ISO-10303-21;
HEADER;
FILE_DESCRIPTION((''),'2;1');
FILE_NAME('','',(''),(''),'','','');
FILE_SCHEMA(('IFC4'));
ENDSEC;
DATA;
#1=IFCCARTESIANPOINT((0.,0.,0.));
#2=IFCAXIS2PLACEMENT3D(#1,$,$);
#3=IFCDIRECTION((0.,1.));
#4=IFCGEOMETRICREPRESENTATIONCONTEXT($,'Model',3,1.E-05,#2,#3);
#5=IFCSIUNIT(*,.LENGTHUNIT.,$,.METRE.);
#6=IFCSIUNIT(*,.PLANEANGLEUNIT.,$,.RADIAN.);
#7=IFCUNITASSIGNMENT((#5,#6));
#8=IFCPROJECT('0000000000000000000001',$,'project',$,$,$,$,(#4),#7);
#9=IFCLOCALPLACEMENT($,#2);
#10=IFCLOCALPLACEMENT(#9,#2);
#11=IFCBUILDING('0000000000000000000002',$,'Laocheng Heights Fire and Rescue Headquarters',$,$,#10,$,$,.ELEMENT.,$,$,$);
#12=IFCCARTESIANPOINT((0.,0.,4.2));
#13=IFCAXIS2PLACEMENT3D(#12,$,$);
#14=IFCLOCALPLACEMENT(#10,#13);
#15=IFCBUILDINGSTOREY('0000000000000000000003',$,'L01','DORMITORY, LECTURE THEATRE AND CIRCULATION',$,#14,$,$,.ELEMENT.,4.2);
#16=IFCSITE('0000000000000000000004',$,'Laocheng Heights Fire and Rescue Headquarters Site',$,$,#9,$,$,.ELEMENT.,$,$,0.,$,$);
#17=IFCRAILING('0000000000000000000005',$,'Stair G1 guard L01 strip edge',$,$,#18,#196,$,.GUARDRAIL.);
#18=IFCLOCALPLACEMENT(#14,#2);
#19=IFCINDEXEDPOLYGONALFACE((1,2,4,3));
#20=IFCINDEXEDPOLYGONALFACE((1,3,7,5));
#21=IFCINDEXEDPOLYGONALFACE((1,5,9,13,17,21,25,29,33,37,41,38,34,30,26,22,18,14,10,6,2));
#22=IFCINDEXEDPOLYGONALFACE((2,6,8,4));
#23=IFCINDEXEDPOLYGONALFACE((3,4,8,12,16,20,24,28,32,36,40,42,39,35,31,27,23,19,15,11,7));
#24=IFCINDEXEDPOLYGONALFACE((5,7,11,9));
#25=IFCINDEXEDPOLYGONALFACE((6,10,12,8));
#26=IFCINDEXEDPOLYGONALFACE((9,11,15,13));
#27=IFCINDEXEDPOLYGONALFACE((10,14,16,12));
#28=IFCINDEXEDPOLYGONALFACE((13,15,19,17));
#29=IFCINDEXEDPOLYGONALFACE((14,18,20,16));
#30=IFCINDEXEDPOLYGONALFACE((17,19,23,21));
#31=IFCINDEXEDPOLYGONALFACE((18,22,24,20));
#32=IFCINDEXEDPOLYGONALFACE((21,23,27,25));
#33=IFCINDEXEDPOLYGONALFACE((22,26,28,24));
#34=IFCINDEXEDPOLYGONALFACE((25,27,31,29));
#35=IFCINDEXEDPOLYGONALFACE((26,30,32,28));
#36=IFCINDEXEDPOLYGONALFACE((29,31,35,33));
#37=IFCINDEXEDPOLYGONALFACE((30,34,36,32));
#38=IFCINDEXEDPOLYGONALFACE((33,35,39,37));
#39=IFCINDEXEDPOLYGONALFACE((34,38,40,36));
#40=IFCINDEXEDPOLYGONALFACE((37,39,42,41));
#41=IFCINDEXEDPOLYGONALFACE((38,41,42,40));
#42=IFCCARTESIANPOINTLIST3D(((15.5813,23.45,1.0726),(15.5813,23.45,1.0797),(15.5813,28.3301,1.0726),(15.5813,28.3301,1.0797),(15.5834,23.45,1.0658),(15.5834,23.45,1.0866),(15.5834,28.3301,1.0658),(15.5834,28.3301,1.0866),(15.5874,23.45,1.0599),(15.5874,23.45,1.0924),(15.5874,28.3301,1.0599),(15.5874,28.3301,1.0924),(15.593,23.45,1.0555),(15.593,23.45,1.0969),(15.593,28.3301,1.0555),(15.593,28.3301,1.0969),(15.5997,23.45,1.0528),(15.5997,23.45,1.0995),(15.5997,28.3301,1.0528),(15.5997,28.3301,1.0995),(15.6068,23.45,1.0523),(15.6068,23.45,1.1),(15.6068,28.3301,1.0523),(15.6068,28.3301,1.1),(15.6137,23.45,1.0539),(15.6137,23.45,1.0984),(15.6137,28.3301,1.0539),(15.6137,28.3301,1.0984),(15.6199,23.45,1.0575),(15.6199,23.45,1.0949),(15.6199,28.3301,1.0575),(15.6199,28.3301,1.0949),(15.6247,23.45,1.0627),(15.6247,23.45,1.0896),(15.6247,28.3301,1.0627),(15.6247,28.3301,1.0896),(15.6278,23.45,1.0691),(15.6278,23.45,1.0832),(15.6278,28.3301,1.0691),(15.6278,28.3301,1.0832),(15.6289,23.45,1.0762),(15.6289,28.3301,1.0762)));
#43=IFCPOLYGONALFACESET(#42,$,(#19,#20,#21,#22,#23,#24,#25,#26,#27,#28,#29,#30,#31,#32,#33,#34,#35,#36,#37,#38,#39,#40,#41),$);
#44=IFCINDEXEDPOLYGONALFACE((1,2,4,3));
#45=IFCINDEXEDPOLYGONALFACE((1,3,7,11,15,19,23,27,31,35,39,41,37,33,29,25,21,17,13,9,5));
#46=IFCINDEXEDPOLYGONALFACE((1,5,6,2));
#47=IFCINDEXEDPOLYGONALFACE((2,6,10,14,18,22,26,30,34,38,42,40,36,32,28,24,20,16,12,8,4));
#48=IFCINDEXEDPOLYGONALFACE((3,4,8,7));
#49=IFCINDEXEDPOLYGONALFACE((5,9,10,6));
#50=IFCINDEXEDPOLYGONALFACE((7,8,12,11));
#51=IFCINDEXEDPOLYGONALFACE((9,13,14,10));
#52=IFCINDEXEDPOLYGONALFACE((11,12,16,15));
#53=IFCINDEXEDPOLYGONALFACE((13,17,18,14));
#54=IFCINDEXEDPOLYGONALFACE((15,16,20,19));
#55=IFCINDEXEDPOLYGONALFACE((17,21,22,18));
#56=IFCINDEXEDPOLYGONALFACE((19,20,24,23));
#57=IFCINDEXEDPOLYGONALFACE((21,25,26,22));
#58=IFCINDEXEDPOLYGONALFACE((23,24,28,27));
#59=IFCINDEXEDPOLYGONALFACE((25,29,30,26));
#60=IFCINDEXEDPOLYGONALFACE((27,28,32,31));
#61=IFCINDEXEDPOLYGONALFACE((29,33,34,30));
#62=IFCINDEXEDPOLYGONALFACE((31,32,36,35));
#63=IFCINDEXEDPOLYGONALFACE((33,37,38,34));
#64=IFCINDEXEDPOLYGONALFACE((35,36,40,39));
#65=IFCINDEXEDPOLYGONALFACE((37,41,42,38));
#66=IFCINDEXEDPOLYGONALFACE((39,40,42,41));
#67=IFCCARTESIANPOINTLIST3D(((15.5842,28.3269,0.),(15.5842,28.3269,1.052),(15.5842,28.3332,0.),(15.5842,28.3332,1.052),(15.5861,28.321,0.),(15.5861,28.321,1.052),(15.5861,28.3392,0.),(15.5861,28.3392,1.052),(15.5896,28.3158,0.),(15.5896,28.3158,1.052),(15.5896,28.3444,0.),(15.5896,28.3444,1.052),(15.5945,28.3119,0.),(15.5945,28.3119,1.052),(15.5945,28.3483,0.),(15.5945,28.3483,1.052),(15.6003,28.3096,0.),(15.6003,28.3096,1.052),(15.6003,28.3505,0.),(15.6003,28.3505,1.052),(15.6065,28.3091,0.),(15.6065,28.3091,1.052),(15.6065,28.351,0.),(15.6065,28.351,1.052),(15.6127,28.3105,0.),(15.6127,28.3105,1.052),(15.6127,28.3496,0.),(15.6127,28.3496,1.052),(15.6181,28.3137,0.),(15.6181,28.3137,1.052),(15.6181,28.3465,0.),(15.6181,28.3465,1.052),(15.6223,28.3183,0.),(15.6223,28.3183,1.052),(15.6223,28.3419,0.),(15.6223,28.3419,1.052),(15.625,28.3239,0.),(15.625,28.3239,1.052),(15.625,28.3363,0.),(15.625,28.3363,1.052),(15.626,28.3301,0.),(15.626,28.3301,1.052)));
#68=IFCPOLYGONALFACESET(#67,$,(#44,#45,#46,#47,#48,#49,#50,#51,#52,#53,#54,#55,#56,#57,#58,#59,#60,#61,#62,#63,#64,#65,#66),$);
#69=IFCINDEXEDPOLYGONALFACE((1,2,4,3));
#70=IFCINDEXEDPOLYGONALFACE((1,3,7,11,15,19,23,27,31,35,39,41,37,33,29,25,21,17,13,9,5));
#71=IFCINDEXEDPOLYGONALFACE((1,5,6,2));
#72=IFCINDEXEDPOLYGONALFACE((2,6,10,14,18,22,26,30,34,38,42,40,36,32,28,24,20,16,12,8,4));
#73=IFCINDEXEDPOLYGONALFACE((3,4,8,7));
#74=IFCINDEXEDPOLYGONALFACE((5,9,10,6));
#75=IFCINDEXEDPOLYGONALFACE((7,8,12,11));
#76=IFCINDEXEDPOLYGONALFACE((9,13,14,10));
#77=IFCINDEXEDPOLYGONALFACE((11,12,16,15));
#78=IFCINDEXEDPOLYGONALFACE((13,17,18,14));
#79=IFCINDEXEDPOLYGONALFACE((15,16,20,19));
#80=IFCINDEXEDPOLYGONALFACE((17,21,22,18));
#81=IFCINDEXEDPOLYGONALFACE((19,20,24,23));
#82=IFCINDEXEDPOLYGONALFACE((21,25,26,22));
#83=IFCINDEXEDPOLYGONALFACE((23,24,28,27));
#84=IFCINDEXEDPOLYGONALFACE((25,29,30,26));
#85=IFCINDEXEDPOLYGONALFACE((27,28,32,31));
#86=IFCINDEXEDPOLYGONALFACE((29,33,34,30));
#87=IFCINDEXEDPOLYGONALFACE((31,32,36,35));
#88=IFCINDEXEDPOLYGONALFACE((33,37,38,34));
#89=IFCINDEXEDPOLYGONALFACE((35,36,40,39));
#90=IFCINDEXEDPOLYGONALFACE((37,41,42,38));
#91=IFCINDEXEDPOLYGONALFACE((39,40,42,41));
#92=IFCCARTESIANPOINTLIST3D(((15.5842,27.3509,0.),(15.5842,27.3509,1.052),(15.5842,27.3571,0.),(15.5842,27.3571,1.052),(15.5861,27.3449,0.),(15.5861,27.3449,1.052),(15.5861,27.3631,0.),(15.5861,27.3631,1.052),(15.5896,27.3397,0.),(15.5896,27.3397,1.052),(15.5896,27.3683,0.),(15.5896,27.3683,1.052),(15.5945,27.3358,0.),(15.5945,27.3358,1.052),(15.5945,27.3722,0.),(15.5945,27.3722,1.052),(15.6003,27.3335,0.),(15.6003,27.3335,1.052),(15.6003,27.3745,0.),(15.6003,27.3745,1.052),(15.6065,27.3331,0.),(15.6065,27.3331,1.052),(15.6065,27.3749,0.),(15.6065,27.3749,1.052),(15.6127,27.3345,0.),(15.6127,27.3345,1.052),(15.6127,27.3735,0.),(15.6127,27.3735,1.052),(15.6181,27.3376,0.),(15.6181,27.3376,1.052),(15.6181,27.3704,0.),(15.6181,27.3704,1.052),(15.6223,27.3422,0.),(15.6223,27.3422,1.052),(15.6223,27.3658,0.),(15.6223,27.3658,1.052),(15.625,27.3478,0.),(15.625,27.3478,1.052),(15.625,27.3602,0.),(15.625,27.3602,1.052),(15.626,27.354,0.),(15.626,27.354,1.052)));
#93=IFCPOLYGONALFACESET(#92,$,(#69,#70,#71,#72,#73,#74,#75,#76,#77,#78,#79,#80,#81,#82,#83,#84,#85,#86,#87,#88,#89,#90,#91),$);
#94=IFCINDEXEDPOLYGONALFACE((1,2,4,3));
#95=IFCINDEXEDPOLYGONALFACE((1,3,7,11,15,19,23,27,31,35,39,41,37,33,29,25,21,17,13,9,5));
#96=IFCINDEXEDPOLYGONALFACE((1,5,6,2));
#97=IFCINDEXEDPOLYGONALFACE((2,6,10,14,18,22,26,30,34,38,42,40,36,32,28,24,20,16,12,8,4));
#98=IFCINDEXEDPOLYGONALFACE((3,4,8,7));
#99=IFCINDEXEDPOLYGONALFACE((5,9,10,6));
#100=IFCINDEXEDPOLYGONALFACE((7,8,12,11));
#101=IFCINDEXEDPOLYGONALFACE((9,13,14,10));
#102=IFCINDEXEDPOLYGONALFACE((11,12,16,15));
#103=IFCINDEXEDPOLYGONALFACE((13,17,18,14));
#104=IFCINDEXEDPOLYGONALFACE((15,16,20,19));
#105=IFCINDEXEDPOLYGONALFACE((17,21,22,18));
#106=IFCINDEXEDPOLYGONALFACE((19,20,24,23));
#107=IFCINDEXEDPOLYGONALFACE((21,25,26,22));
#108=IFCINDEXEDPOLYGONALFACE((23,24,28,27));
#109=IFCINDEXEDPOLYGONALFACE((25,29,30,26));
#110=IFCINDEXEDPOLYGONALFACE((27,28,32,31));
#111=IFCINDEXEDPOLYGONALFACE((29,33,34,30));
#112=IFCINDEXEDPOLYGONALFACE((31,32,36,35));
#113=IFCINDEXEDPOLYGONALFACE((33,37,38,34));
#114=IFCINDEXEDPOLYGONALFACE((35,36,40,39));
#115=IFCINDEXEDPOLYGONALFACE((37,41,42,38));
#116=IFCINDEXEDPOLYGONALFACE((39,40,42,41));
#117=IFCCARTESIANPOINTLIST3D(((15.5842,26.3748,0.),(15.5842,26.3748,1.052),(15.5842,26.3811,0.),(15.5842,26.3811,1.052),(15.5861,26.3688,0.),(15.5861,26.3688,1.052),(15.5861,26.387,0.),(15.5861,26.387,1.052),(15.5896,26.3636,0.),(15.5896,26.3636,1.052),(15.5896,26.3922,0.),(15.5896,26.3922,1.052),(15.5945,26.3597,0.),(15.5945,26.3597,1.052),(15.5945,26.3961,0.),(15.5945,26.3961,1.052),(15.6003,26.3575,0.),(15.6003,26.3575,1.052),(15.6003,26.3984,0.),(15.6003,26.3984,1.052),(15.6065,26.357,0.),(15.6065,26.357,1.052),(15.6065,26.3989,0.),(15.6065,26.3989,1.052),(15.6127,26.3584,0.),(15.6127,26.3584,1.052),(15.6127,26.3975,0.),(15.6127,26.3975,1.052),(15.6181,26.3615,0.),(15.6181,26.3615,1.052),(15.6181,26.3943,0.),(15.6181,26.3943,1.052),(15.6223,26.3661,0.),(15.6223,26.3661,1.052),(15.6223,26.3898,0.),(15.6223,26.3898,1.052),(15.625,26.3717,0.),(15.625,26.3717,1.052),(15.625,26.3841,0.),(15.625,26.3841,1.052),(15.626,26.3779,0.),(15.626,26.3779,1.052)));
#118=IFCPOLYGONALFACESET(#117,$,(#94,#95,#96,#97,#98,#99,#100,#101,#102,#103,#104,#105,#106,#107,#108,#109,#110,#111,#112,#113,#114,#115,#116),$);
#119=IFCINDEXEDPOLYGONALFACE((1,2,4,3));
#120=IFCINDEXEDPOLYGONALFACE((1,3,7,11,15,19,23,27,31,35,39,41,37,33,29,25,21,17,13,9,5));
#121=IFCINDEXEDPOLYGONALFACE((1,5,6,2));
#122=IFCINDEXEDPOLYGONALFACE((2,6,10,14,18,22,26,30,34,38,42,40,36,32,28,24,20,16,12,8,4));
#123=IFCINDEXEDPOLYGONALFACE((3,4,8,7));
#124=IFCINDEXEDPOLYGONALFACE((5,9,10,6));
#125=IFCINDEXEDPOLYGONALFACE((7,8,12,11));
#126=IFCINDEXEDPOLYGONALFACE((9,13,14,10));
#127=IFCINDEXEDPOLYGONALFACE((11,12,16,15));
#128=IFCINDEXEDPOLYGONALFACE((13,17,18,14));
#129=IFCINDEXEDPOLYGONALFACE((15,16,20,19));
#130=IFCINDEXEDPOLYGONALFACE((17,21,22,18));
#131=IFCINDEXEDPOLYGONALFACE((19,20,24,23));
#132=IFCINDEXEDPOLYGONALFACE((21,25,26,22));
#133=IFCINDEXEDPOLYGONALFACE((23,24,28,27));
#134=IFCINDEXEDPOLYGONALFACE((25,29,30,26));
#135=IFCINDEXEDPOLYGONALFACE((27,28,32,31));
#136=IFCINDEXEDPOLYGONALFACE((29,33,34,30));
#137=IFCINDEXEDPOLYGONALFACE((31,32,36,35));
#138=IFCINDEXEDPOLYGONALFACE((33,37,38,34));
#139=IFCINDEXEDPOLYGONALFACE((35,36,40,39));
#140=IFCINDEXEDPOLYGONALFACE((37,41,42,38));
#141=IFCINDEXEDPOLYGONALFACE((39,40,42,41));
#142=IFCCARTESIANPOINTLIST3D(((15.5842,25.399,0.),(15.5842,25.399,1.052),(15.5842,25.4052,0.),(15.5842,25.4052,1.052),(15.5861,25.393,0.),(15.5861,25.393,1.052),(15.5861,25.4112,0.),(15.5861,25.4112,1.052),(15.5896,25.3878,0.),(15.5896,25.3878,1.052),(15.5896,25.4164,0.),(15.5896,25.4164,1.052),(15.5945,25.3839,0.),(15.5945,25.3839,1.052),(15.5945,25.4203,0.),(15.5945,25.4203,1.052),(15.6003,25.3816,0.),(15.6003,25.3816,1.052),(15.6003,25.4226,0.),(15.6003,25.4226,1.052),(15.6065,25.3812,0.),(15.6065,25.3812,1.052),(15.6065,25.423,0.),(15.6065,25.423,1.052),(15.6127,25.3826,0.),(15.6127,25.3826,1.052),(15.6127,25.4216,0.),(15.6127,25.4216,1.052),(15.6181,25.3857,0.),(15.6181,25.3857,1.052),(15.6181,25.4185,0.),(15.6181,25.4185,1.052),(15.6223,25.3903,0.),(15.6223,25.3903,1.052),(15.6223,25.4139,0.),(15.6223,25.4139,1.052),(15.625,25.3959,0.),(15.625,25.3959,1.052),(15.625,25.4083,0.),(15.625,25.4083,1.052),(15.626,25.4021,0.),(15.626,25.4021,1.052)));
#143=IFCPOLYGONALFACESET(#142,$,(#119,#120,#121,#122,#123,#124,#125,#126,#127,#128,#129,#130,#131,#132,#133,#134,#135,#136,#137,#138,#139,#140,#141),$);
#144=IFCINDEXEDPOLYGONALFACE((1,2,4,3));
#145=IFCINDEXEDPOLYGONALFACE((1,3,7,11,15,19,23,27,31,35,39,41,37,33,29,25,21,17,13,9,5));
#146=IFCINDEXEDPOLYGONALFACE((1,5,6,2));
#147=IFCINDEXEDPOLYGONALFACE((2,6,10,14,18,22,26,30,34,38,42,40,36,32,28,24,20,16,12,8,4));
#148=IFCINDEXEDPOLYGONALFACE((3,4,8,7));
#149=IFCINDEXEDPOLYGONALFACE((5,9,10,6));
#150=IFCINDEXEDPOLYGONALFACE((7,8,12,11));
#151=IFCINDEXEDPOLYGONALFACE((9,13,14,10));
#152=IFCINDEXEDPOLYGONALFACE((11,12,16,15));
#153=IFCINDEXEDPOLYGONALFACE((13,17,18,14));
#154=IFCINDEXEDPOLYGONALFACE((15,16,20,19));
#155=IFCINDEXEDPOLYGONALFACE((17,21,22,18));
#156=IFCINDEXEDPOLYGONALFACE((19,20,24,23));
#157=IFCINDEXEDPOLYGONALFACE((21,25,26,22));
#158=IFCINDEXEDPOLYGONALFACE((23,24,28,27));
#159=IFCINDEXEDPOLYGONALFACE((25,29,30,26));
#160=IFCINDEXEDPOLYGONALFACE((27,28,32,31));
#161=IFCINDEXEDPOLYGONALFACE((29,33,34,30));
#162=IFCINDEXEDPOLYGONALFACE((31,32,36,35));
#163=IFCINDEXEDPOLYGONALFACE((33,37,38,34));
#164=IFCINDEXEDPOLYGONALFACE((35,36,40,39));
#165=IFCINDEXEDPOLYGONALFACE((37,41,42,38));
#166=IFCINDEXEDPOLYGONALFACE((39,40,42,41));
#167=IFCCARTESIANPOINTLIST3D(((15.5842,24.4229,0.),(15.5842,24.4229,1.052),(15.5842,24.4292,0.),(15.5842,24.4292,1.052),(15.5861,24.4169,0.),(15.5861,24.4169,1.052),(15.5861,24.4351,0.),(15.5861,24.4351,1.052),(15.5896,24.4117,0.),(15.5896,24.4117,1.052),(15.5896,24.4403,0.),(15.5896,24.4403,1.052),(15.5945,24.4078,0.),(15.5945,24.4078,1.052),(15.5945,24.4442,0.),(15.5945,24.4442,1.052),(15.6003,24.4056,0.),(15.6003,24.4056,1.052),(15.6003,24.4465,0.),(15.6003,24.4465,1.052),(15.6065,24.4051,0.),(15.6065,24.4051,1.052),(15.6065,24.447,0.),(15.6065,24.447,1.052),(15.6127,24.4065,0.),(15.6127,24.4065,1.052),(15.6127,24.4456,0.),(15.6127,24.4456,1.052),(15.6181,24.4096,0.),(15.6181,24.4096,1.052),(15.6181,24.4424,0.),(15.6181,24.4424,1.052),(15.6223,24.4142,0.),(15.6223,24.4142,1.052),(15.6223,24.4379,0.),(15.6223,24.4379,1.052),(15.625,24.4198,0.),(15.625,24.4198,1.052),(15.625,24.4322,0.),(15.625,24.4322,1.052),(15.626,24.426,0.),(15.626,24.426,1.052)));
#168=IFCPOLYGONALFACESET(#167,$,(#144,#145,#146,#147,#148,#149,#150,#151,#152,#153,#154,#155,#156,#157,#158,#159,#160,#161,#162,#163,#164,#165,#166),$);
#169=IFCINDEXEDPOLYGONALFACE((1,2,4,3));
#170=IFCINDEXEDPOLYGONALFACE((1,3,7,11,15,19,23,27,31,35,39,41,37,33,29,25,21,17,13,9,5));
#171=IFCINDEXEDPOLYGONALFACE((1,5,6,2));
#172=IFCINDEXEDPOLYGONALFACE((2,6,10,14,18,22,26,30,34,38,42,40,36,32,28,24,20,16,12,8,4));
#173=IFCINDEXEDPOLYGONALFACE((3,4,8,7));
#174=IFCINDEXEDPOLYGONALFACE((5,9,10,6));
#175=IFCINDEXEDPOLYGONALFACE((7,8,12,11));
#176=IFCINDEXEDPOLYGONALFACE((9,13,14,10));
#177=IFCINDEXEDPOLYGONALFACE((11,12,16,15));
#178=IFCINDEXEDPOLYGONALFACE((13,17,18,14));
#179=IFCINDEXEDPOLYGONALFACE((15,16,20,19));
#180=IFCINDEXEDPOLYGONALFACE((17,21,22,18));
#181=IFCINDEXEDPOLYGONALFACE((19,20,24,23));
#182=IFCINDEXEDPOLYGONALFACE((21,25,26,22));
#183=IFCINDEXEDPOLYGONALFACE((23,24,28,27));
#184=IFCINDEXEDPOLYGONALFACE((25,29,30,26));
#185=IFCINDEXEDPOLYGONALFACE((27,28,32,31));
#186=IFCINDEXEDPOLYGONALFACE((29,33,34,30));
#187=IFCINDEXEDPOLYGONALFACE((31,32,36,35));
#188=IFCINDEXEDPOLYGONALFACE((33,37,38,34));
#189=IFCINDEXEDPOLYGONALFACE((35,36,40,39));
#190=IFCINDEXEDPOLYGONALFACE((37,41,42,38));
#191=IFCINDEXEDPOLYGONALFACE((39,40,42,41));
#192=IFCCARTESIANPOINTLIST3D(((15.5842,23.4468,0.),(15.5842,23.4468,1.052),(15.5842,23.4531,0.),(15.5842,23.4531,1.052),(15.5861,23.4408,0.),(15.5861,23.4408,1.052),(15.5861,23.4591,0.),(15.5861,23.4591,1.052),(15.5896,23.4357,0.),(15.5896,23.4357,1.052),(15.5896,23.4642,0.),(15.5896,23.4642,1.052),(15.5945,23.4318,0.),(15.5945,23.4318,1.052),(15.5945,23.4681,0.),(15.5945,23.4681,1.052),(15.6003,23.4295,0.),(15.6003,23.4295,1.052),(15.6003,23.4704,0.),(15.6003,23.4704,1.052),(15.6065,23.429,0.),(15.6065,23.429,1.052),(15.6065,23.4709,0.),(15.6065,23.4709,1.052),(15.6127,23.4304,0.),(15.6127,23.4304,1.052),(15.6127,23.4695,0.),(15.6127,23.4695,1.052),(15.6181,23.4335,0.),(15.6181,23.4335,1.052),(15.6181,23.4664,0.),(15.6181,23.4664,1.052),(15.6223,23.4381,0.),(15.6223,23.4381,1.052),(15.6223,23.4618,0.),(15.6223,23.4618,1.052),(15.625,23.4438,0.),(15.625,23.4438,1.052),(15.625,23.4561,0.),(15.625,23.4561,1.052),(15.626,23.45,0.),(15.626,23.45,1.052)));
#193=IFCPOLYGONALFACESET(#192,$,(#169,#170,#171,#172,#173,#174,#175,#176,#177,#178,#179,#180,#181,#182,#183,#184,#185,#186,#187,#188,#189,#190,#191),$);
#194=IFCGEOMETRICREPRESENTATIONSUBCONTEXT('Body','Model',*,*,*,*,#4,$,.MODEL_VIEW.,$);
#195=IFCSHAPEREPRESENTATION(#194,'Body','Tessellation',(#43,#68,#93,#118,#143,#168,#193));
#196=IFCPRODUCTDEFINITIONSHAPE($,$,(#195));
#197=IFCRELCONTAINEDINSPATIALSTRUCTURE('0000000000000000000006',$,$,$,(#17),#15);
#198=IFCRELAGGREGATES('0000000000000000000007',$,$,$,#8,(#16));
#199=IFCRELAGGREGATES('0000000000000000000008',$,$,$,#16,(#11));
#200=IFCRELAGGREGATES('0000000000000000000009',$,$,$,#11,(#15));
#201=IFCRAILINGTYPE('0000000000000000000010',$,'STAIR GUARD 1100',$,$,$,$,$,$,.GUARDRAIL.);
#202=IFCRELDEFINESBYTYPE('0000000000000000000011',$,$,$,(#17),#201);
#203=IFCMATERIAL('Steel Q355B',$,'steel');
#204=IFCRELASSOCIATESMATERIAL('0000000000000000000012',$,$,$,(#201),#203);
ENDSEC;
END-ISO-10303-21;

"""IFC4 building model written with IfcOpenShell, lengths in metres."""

from ifc_helpers import new_model, si_unit, direction, frame, origin, origin_2d, place, context, subcontext, project, spatial, circle, extrude, material, type_object, element, save


model = new_model("IFC4")

# Units and contexts
model_context = context("Model", 3, precision=1e-05, world=origin(), true_north=direction((0.0, 1.0)))
body_context = subcontext(model_context, "Body", "Model", "MODEL_VIEW")
ifc_project = project(units=[si_unit("LENGTHUNIT", "METRE"), si_unit("PLANEANGLEUNIT", "RADIAN")], contexts=[model_context])

# Site, building, storey
site_placement = place(None, origin())
site = spatial("IfcSite", under=ifc_project, at=site_placement, Name="Laocheng Heights Fire and Rescue Headquarters Site", CompositionType="ELEMENT", RefElevation=0.0)
building_placement = place(site_placement, origin())
building = spatial("IfcBuilding", under=site, at=building_placement, Name="Laocheng Heights Fire and Rescue Headquarters", CompositionType="ELEMENT")
storey_placement = place(building_placement, frame((0.0, 0.0, 4.2)))
storey = spatial("IfcBuildingStorey", under=building, at=storey_placement, Name="L01", Description="DORMITORY, LECTURE THEATRE AND CIRCULATION", CompositionType="ELEMENT", Elevation=4.2)

# Railing
ifc_material_1 = material(Name="Steel Q355B", Category="steel")
railing_type_1 = type_object("IfcRailingType", Name="STAIR GUARD 1100", PredefinedType="GUARDRAIL", material=ifc_material_1)
railing_1_placement = place(storey_placement, frame((15.605, 28.3301, 0.0)))
element("IfcRailing", 1, at=railing_1_placement, inside=storey, type_object=railing_type_1, Name="Stair G1 guard L01 strip edge", PredefinedType="GUARDRAIL", context=body_context, shape_type="SweptSolid", body=[
    extrude(circle(Radius=0.0239, at=origin_2d()), frame((0.0, 0.0, 1.0762), z_axis=(0.0, -1.0, 0.0), x_axis=(1.0, 0.0, 0.0)), (0.0, 0.0, 1.0), 4.8801),
    extrude(circle(Radius=0.021, at=origin_2d()), origin(), (0.0, 0.0, 1.0), 1.052),
    extrude(circle(Radius=0.021, at=origin_2d()), frame((0.0, -0.9761, 0.0)), (0.0, 0.0, 1.0), 1.052),
    extrude(circle(Radius=0.021, at=origin_2d()), frame((0.0, -1.9521, 0.0)), (0.0, 0.0, 1.0), 1.052),
    extrude(circle(Radius=0.021, at=origin_2d()), frame((0.0, -2.928, 0.0)), (0.0, 0.0, 1.0), 1.052),
    extrude(circle(Radius=0.021, at=origin_2d()), frame((0.0, -3.9041, 0.0)), (0.0, 0.0, 1.0), 1.052),
    extrude(circle(Radius=0.021, at=origin_2d()), frame((0.0, -4.8801, 0.0)), (0.0, 0.0, 1.0), 1.052),
])

save(model, "model.ifc")
